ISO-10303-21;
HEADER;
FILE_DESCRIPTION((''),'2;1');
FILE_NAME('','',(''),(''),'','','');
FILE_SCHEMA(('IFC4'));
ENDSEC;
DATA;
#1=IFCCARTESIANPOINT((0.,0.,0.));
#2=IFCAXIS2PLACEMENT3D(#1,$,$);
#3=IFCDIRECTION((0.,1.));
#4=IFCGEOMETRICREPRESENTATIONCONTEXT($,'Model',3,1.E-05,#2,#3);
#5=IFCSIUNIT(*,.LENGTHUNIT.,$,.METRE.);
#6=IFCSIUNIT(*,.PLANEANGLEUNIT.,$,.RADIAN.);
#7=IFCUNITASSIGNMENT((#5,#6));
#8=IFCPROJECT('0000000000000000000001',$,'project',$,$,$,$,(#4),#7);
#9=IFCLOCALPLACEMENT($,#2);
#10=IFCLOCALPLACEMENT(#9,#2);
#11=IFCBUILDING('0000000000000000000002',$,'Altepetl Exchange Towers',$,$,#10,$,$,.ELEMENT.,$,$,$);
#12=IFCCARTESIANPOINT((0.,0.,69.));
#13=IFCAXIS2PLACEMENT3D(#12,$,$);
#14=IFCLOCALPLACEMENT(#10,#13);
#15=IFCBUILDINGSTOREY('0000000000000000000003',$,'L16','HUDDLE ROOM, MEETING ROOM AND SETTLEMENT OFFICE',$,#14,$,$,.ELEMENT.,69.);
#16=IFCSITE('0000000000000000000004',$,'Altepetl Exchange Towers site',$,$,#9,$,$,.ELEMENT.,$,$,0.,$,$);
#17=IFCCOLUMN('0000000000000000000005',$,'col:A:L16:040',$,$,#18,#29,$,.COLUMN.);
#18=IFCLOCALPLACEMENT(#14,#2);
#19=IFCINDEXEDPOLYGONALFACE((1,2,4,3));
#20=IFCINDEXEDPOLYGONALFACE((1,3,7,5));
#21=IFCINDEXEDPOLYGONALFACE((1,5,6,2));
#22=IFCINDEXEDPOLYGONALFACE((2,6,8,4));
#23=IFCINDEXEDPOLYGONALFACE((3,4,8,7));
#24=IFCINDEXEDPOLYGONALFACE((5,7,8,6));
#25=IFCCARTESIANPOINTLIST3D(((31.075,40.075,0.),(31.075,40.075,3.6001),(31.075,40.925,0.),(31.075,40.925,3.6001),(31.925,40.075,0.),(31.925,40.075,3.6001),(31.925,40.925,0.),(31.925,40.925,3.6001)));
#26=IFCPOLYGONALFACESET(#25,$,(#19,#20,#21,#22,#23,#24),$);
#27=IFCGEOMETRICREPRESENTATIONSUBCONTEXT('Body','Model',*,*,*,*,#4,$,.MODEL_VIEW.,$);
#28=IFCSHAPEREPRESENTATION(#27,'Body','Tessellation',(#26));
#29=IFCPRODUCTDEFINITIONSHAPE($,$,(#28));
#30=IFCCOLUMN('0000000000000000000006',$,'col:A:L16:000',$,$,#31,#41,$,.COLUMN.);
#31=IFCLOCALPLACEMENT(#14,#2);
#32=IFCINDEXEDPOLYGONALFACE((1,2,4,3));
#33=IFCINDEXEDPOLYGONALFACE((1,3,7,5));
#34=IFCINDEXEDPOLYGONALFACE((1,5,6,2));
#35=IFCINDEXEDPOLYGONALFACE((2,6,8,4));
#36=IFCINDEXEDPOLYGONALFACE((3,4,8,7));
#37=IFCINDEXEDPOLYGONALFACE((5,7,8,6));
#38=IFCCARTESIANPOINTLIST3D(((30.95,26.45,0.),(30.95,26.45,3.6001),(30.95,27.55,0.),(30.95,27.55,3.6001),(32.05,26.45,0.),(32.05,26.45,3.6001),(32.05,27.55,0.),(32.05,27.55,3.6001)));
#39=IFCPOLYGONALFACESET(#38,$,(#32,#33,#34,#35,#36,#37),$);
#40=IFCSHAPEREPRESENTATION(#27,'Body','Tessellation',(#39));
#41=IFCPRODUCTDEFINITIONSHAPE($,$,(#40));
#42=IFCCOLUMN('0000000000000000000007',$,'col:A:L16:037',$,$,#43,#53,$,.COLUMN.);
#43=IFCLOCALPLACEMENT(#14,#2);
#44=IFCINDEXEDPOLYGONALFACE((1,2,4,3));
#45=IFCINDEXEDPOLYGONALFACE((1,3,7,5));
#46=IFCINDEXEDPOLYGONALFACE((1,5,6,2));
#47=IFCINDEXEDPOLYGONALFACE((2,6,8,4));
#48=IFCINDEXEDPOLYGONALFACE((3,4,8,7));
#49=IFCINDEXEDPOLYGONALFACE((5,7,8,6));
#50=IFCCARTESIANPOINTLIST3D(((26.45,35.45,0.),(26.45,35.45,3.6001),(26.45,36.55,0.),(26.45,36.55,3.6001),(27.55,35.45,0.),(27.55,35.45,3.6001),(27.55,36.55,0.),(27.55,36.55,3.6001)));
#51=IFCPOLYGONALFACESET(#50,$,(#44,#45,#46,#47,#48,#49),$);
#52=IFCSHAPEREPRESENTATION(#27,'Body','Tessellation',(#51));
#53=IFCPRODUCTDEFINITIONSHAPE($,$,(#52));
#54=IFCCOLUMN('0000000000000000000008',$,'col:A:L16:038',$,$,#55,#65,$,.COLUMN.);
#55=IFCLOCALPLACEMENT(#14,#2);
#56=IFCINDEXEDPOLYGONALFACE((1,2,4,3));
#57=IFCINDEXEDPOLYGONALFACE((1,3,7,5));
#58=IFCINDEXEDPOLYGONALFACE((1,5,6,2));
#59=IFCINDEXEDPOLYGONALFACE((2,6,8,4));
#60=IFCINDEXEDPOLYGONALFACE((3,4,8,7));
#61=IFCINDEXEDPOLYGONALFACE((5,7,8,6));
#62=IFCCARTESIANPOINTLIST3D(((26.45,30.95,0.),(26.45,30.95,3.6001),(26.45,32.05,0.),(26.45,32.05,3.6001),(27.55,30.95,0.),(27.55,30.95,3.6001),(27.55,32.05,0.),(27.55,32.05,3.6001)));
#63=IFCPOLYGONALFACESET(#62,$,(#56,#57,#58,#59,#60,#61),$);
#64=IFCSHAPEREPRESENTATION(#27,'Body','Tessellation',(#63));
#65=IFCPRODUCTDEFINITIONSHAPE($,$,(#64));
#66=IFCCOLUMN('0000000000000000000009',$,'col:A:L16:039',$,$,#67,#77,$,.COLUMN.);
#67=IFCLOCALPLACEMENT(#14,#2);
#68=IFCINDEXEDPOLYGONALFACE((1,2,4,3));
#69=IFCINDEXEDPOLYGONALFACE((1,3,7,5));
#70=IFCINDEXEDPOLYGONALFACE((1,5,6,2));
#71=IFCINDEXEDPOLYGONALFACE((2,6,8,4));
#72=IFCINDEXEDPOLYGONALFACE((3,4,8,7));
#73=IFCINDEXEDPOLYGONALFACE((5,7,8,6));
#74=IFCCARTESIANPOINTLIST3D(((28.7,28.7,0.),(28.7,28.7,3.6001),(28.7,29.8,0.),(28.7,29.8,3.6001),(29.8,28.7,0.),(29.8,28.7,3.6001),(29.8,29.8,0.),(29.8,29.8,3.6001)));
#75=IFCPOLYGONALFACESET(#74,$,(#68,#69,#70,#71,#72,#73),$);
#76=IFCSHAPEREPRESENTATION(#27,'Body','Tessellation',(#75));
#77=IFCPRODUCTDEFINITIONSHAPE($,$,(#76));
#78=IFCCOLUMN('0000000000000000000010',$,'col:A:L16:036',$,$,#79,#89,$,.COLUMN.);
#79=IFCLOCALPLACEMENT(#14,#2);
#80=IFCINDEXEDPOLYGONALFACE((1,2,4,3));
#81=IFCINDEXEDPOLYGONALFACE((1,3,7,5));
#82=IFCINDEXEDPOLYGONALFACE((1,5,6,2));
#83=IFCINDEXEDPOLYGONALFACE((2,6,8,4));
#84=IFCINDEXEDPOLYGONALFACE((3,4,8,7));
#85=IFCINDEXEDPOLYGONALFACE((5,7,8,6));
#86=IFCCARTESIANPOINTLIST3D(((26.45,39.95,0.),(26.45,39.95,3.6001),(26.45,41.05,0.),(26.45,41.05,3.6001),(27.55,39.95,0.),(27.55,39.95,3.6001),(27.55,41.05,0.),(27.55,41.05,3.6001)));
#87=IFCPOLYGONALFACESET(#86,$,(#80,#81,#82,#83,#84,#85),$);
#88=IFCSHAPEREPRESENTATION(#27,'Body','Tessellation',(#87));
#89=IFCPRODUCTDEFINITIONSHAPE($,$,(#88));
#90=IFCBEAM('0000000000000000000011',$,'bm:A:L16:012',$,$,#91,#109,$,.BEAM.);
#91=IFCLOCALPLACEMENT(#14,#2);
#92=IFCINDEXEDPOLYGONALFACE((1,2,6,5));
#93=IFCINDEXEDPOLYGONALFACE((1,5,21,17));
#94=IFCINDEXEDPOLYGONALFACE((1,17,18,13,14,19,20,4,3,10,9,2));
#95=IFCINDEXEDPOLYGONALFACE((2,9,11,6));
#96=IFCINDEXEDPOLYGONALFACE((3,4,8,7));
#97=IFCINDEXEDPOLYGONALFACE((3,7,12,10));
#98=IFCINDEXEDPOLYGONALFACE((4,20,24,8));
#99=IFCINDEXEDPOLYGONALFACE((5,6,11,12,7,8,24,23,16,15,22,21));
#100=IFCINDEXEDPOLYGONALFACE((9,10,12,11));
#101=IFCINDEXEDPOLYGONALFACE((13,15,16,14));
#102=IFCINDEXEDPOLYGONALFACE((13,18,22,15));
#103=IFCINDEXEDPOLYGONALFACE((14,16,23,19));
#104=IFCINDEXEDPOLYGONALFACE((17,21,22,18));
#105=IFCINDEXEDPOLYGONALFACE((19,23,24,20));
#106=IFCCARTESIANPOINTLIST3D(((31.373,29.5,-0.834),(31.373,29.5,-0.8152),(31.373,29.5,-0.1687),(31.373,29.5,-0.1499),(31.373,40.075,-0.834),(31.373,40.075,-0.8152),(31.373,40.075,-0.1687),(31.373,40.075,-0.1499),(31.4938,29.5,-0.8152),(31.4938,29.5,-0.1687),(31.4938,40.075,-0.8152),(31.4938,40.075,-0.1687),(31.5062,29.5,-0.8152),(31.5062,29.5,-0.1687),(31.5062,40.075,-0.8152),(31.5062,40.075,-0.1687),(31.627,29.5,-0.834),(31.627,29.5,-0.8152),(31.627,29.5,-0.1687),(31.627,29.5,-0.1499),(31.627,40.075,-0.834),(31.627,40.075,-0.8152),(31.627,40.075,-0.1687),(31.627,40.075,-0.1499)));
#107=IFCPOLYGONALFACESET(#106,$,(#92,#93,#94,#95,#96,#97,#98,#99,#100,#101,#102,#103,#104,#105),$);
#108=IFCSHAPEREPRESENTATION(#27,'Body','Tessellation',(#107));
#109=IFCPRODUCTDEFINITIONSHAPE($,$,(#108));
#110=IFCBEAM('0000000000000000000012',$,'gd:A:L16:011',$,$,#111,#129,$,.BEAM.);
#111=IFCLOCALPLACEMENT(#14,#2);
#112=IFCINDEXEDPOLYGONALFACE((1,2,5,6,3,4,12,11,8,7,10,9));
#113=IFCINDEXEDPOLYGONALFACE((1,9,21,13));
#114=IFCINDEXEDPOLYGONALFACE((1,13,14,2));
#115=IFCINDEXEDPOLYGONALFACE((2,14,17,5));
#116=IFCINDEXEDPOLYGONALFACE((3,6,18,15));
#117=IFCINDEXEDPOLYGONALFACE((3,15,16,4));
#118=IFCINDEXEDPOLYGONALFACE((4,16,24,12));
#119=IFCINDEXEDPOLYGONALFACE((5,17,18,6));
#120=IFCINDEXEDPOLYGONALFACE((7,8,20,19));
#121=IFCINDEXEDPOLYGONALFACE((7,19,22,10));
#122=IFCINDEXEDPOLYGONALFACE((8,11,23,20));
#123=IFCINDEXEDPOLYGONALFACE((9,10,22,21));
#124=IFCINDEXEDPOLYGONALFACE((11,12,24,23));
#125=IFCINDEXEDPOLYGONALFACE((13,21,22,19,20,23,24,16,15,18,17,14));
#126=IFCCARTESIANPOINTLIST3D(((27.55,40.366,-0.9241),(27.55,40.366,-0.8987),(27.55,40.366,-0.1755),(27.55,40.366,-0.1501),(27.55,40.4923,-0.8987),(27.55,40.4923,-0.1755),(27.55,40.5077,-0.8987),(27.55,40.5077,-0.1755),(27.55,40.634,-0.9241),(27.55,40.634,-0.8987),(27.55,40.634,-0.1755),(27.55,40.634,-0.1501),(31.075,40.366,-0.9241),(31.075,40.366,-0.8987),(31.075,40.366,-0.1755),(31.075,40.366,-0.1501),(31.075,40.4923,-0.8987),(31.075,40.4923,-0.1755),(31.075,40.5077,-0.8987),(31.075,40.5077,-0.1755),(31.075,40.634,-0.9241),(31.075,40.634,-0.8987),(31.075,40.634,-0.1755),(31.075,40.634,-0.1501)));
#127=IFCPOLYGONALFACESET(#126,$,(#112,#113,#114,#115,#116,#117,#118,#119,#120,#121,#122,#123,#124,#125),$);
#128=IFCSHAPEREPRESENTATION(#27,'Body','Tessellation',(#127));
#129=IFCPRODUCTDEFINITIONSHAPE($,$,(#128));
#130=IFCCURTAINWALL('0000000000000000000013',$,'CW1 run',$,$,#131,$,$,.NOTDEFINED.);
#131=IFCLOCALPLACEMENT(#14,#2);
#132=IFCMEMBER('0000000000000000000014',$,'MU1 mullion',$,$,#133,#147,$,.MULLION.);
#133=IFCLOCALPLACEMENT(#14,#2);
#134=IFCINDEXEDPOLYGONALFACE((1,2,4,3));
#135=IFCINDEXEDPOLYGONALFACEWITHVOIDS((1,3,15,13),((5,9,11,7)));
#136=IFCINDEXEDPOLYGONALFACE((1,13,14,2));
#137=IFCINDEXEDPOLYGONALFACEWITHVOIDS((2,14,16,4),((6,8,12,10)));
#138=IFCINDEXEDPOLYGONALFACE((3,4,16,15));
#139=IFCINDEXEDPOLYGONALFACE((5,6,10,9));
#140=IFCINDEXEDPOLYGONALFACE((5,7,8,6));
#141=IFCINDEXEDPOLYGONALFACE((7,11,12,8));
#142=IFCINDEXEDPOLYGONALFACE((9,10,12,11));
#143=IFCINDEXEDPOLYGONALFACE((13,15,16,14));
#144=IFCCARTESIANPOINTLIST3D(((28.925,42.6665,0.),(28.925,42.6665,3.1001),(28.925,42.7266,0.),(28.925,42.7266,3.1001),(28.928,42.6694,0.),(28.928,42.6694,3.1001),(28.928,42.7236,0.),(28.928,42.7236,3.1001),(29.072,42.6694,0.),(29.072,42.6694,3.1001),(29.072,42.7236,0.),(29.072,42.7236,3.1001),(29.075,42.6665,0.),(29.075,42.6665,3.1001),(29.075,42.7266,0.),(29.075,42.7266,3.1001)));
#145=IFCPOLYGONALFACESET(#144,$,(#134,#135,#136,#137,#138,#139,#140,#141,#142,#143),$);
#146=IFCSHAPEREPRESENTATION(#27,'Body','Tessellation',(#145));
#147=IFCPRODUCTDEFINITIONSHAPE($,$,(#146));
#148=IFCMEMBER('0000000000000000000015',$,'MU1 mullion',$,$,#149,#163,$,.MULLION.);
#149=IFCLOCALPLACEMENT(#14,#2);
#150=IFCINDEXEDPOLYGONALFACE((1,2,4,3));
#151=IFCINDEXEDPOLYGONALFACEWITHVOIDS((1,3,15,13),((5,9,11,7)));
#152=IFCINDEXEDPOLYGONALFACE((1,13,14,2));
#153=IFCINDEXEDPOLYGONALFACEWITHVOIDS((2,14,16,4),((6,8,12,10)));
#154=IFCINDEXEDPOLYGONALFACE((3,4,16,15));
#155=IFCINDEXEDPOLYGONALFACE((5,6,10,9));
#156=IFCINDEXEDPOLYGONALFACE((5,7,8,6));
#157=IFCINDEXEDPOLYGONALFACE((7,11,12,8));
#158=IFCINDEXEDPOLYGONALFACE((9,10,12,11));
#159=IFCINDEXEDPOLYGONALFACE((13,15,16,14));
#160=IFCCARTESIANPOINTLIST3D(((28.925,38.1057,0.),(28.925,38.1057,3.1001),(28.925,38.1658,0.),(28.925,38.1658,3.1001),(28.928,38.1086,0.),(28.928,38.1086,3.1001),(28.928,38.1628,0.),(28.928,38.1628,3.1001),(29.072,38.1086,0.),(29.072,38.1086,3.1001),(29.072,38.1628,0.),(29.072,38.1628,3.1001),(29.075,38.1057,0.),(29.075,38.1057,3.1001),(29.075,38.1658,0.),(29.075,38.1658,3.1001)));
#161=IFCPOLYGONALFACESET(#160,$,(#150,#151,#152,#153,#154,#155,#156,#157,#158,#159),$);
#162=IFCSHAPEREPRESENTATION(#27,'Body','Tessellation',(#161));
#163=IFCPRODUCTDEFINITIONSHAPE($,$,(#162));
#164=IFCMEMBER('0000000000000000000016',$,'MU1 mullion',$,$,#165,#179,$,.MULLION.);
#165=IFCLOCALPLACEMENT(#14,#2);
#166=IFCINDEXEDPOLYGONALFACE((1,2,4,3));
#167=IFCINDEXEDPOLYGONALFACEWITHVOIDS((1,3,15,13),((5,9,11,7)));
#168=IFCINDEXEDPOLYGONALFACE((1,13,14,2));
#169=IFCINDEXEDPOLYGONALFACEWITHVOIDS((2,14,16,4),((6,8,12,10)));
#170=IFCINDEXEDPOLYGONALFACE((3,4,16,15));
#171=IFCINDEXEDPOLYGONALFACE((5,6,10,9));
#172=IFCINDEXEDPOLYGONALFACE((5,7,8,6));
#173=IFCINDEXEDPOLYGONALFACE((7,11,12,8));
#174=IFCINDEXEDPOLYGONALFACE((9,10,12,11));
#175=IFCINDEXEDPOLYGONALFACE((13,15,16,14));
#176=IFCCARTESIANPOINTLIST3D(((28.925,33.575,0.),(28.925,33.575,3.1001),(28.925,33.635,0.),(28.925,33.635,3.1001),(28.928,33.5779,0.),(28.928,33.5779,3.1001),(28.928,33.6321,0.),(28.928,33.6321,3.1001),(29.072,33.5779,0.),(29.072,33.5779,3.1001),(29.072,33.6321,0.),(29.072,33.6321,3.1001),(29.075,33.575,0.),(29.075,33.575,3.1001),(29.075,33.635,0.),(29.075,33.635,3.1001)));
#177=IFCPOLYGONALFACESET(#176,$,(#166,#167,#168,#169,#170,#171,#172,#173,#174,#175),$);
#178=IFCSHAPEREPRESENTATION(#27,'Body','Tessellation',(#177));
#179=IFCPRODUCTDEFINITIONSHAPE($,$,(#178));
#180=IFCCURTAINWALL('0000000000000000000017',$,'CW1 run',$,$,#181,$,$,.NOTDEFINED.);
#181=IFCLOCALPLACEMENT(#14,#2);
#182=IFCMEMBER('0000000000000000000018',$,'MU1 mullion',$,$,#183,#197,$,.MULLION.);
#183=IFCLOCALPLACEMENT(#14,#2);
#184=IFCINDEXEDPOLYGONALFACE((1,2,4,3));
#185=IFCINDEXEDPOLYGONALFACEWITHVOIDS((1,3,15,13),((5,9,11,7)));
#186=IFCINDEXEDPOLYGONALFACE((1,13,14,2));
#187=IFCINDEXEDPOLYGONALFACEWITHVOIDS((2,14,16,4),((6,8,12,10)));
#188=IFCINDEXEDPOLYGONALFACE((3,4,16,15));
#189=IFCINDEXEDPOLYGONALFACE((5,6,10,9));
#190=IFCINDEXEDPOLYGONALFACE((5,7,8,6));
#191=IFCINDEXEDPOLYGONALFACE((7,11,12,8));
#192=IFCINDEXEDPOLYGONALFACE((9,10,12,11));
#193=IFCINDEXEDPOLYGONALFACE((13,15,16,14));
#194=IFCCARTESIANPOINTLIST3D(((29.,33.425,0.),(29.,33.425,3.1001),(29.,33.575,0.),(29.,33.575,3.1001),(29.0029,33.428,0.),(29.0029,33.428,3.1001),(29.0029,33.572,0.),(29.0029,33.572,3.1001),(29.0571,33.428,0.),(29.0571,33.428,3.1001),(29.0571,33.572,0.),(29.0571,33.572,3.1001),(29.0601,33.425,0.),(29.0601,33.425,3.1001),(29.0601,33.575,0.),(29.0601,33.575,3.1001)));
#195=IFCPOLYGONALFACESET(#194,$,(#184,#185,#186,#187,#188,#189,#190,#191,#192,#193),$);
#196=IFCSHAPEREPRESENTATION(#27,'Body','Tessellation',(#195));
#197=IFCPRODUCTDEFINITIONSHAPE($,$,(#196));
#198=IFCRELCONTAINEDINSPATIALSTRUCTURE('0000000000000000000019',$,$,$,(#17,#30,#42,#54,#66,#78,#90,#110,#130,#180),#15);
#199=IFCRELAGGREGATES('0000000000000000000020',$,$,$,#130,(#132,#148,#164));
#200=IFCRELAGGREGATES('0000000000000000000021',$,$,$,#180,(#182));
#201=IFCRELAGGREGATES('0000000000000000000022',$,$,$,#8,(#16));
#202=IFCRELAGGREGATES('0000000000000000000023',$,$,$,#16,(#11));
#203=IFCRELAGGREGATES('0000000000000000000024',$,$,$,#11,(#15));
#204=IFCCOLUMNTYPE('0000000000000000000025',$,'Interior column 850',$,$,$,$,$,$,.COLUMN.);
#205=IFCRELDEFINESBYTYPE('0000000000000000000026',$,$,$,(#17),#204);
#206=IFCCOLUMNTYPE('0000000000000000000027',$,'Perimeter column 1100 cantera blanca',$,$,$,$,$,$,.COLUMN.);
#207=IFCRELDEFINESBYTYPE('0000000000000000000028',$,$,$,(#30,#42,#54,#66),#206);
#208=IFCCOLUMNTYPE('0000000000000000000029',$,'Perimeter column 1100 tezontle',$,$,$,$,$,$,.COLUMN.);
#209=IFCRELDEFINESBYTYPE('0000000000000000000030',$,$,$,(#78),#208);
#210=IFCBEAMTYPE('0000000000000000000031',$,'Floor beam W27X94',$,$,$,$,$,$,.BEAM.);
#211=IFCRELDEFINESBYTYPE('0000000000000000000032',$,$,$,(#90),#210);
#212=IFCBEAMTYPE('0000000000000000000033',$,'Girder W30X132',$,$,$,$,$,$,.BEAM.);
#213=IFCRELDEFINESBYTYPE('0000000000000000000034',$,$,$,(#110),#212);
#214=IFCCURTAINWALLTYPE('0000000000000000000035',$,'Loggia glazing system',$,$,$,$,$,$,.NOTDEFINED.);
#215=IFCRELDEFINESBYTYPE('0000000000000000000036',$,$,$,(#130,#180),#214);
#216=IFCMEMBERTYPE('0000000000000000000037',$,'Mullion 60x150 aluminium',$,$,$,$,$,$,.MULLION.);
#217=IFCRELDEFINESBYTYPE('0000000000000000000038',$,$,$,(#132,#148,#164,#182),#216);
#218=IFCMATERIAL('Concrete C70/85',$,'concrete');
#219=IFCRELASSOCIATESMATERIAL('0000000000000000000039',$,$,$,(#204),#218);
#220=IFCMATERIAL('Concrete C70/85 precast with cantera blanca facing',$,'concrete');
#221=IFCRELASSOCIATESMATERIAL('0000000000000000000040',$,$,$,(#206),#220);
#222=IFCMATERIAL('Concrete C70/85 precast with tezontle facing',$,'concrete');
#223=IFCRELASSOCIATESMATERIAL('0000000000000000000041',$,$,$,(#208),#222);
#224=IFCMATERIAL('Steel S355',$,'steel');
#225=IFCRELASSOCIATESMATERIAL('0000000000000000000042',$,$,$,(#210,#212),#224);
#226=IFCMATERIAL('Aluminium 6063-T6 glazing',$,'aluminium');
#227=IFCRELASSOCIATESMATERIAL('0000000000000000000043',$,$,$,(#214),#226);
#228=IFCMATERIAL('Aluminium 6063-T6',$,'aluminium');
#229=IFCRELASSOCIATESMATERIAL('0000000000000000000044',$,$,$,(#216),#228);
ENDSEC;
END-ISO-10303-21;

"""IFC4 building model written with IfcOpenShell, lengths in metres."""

from ifc_helpers import new_model, si_unit, direction, frame, origin, origin_2d, place, context, subcontext, project, spatial, rectangle, hollow_rectangle, i_section, extrude, material, material_profile, profile_set, type_object, element, aggregate, save


model = new_model("IFC4")

# Units and contexts
model_context = context("Model", 3, precision=1e-05, world=origin(), true_north=direction((0.0, 1.0)))
body_context = subcontext(model_context, "Body", "Model", "MODEL_VIEW")
ifc_project = project(units=[si_unit("LENGTHUNIT", "METRE"), si_unit("PLANEANGLEUNIT", "RADIAN")], contexts=[model_context])

# Site, building, storey
site_placement = place(None, origin())
site = spatial("IfcSite", under=ifc_project, at=site_placement, Name="Altepetl Exchange Towers site", CompositionType="ELEMENT", RefElevation=0.0)
building_placement = place(site_placement, origin())
building = spatial("IfcBuilding", under=site, at=building_placement, Name="Altepetl Exchange Towers", CompositionType="ELEMENT")
storey_placement = place(building_placement, frame((0.0, 0.0, 69.0)))
storey = spatial("IfcBuildingStorey", under=building, at=storey_placement, Name="L16", Description="HUDDLE ROOM, MEETING ROOM AND SETTLEMENT OFFICE", CompositionType="ELEMENT", Elevation=69.0)

# Columns
ifc_material_1 = material(Name="Concrete C70/85", Category="concrete")
ifc_material_profile_1 = material_profile(ifc_material_1, rectangle(XDim=0.8501, YDim=0.8501, at=origin_2d()), Name="850 x 850")
ifc_profile_set_1 = profile_set([ifc_material_profile_1], Name="Concrete C70/85")
column_type_1 = type_object("IfcColumnType", Name="Interior column 850", PredefinedType="COLUMN", material=ifc_profile_set_1)
column_1_placement = place(storey_placement, frame((31.5, 40.5, 0.0)))
element("IfcColumn", 1, at=column_1_placement, inside=storey, type_object=column_type_1, Name="col:A:L16:040", PredefinedType="COLUMN", context=body_context, shape_type="SweptSolid", body=[
    extrude(rectangle(XDim=0.8501, YDim=0.8501, at=origin_2d()), origin(), (0.0, 0.0, 1.0), 3.6001),
])
ifc_material_2 = material(Name="Concrete C70/85 precast with cantera blanca facing", Category="concrete")
ifc_material_profile_2 = material_profile(ifc_material_2, rectangle(XDim=1.1001, YDim=1.1001, at=origin_2d()), Name="1100 x 1100")
ifc_profile_set_2 = profile_set([ifc_material_profile_2], Name="Concrete C70/85 precast with cantera blanca facing")
column_type_2 = type_object("IfcColumnType", Name="Perimeter column 1100 cantera blanca", PredefinedType="COLUMN", material=ifc_profile_set_2)
for number, where, name in (
    (2, (31.5, 27.0, 0.0), "col:A:L16:000"),
    (3, (27.0, 36.0, 0.0), "col:A:L16:037"),
    (4, (27.0, 31.5, 0.0), "col:A:L16:038"),
    (5, (29.25, 29.25, 0.0), "col:A:L16:039"),
):
    element("IfcColumn", number, at=place(storey_placement, frame(where)), inside=storey, type_object=column_type_2, Name=name, PredefinedType="COLUMN", context=body_context, shape_type="SweptSolid", body=[
        extrude(rectangle(XDim=1.1001, YDim=1.1001, at=origin_2d()), origin(), (0.0, 0.0, 1.0), 3.6001),
    ])
ifc_material_3 = material(Name="Concrete C70/85 precast with tezontle facing", Category="concrete")
ifc_material_profile_3 = material_profile(ifc_material_3, rectangle(XDim=1.1001, YDim=1.1001, at=origin_2d()), Name="1100 x 1100")
ifc_profile_set_3 = profile_set([ifc_material_profile_3], Name="Concrete C70/85 precast with tezontle facing")
column_type_3 = type_object("IfcColumnType", Name="Perimeter column 1100 tezontle", PredefinedType="COLUMN", material=ifc_profile_set_3)
column_2_placement = place(storey_placement, frame((27.0, 40.5, 0.0)))
element("IfcColumn", 6, at=column_2_placement, inside=storey, type_object=column_type_3, Name="col:A:L16:036", PredefinedType="COLUMN", context=body_context, shape_type="SweptSolid", body=[
    extrude(rectangle(XDim=1.1001, YDim=1.1001, at=origin_2d()), origin(), (0.0, 0.0, 1.0), 3.6001),
])

# Beams
ifc_material_4 = material(Name="Steel S355", Category="steel")
ifc_material_profile_4 = material_profile(ifc_material_4, i_section(OverallWidth=0.2539, OverallDepth=0.6841, WebThickness=0.0125, FlangeThickness=0.0188, at=origin_2d()), Name="W27X94")
ifc_profile_set_4 = profile_set([ifc_material_profile_4], Name="Steel S355")
beam_type_1 = type_object("IfcBeamType", Name="Floor beam W27X94", PredefinedType="BEAM", material=ifc_profile_set_4)
beam_1_placement = place(storey_placement, frame((31.5, 29.5, -0.4919), z_axis=(0.0, 1.0, 0.0), x_axis=(-1.0, 0.0, 0.0)))
element("IfcBeam", 7, at=beam_1_placement, inside=storey, type_object=beam_type_1, Name="bm:A:L16:012", PredefinedType="BEAM", context=body_context, shape_type="SweptSolid", body=[
    extrude(i_section(OverallWidth=0.2539, OverallDepth=0.6841, WebThickness=0.0125, FlangeThickness=0.0188, at=origin_2d()), origin(), (0.0, 0.0, 1.0), 10.575),
])
ifc_material_profile_5 = material_profile(ifc_material_4, i_section(OverallWidth=0.2681, OverallDepth=0.7739, WebThickness=0.0154, FlangeThickness=0.0254, at=origin_2d()), Name="W30X132")
ifc_profile_set_5 = profile_set([ifc_material_profile_5], Name="Steel S355")
beam_type_2 = type_object("IfcBeamType", Name="Girder W30X132", PredefinedType="BEAM", material=ifc_profile_set_5)
beam_2_placement = place(storey_placement, frame((31.075, 40.5, -0.5371), z_axis=(-1.0, 0.0, 0.0), x_axis=(0.0, -1.0, 0.0)))
element("IfcBeam", 8, at=beam_2_placement, inside=storey, type_object=beam_type_2, Name="gd:A:L16:011", PredefinedType="BEAM", context=body_context, shape_type="SweptSolid", body=[
    extrude(i_section(OverallWidth=0.2681, OverallDepth=0.7739, WebThickness=0.0154, FlangeThickness=0.0254, at=origin_2d()), origin(), (0.0, 0.0, 1.0), 3.5249),
])

# Curtain walls, members
ifc_material_5 = material(Name="Aluminium 6063-T6 glazing", Category="aluminium")
curtain_wall_type = type_object("IfcCurtainWallType", Name="Loggia glazing system", PredefinedType="NOTDEFINED", material=ifc_material_5)
curtain_wall_1_placement = place(storey_placement, origin())
curtain_wall_1 = element("IfcCurtainWall", 9, at=curtain_wall_1_placement, inside=storey, type_object=curtain_wall_type, Name="CW1 run", PredefinedType="NOTDEFINED")
ifc_material_6 = material(Name="Aluminium 6063-T6", Category="aluminium")
ifc_material_profile_6 = material_profile(ifc_material_6, hollow_rectangle(XDim=0.0601, YDim=0.1499, WallThickness=0.0029, at=origin_2d()), Name="Mullion 60x150 aluminium")
ifc_profile_set_6 = profile_set([ifc_material_profile_6], Name="Aluminium 6063-T6")
member_type = type_object("IfcMemberType", Name="Mullion 60x150 aluminium", PredefinedType="MULLION", material=ifc_profile_set_6)
member_1_placement = place(storey_placement, frame((29.0, 42.6965, 0.0), z_axis=(0.0, 0.0, 1.0), x_axis=(0.0, -1.0, 0.0)))
member_1 = element("IfcMember", 10, at=member_1_placement, type_object=member_type, Name="MU1 mullion", PredefinedType="MULLION", context=body_context, shape_type="SweptSolid", body=[
    extrude(hollow_rectangle(XDim=0.0601, YDim=0.1499, WallThickness=0.0029, at=origin_2d()), origin(), (0.0, 0.0, 1.0), 3.1001),
])
member_2_placement = place(storey_placement, frame((29.0, 38.1357, 0.0), z_axis=(0.0, 0.0, 1.0), x_axis=(0.0, -1.0, 0.0)))
member_2 = element("IfcMember", 11, at=member_2_placement, type_object=member_type, Name="MU1 mullion", PredefinedType="MULLION", context=body_context, shape_type="SweptSolid", body=[
    extrude(hollow_rectangle(XDim=0.0601, YDim=0.1499, WallThickness=0.0029, at=origin_2d()), origin(), (0.0, 0.0, 1.0), 3.1001),
])
member_3_placement = place(storey_placement, frame((29.0, 33.605, 0.0), z_axis=(0.0, 0.0, 1.0), x_axis=(0.0, -1.0, 0.0)))
member_3 = element("IfcMember", 12, at=member_3_placement, type_object=member_type, Name="MU1 mullion", PredefinedType="MULLION", context=body_context, shape_type="SweptSolid", body=[
    extrude(hollow_rectangle(XDim=0.0601, YDim=0.1499, WallThickness=0.0029, at=origin_2d()), origin(), (0.0, 0.0, 1.0), 3.1001),
])
curtain_wall_2_placement = place(storey_placement, origin())
curtain_wall_2 = element("IfcCurtainWall", 13, at=curtain_wall_2_placement, inside=storey, type_object=curtain_wall_type, Name="CW1 run", PredefinedType="NOTDEFINED")
member_4_placement = place(storey_placement, frame((29.03, 33.5, 0.0)))
member_4 = element("IfcMember", 14, at=member_4_placement, type_object=member_type, Name="MU1 mullion", PredefinedType="MULLION", context=body_context, shape_type="SweptSolid", body=[
    extrude(hollow_rectangle(XDim=0.0601, YDim=0.1499, WallThickness=0.0029, at=origin_2d()), origin(), (0.0, 0.0, 1.0), 3.1001),
])

aggregate(curtain_wall_1, [member_1, member_2, member_3])
aggregate(curtain_wall_2, [member_4])

save(model, "model.ifc")
